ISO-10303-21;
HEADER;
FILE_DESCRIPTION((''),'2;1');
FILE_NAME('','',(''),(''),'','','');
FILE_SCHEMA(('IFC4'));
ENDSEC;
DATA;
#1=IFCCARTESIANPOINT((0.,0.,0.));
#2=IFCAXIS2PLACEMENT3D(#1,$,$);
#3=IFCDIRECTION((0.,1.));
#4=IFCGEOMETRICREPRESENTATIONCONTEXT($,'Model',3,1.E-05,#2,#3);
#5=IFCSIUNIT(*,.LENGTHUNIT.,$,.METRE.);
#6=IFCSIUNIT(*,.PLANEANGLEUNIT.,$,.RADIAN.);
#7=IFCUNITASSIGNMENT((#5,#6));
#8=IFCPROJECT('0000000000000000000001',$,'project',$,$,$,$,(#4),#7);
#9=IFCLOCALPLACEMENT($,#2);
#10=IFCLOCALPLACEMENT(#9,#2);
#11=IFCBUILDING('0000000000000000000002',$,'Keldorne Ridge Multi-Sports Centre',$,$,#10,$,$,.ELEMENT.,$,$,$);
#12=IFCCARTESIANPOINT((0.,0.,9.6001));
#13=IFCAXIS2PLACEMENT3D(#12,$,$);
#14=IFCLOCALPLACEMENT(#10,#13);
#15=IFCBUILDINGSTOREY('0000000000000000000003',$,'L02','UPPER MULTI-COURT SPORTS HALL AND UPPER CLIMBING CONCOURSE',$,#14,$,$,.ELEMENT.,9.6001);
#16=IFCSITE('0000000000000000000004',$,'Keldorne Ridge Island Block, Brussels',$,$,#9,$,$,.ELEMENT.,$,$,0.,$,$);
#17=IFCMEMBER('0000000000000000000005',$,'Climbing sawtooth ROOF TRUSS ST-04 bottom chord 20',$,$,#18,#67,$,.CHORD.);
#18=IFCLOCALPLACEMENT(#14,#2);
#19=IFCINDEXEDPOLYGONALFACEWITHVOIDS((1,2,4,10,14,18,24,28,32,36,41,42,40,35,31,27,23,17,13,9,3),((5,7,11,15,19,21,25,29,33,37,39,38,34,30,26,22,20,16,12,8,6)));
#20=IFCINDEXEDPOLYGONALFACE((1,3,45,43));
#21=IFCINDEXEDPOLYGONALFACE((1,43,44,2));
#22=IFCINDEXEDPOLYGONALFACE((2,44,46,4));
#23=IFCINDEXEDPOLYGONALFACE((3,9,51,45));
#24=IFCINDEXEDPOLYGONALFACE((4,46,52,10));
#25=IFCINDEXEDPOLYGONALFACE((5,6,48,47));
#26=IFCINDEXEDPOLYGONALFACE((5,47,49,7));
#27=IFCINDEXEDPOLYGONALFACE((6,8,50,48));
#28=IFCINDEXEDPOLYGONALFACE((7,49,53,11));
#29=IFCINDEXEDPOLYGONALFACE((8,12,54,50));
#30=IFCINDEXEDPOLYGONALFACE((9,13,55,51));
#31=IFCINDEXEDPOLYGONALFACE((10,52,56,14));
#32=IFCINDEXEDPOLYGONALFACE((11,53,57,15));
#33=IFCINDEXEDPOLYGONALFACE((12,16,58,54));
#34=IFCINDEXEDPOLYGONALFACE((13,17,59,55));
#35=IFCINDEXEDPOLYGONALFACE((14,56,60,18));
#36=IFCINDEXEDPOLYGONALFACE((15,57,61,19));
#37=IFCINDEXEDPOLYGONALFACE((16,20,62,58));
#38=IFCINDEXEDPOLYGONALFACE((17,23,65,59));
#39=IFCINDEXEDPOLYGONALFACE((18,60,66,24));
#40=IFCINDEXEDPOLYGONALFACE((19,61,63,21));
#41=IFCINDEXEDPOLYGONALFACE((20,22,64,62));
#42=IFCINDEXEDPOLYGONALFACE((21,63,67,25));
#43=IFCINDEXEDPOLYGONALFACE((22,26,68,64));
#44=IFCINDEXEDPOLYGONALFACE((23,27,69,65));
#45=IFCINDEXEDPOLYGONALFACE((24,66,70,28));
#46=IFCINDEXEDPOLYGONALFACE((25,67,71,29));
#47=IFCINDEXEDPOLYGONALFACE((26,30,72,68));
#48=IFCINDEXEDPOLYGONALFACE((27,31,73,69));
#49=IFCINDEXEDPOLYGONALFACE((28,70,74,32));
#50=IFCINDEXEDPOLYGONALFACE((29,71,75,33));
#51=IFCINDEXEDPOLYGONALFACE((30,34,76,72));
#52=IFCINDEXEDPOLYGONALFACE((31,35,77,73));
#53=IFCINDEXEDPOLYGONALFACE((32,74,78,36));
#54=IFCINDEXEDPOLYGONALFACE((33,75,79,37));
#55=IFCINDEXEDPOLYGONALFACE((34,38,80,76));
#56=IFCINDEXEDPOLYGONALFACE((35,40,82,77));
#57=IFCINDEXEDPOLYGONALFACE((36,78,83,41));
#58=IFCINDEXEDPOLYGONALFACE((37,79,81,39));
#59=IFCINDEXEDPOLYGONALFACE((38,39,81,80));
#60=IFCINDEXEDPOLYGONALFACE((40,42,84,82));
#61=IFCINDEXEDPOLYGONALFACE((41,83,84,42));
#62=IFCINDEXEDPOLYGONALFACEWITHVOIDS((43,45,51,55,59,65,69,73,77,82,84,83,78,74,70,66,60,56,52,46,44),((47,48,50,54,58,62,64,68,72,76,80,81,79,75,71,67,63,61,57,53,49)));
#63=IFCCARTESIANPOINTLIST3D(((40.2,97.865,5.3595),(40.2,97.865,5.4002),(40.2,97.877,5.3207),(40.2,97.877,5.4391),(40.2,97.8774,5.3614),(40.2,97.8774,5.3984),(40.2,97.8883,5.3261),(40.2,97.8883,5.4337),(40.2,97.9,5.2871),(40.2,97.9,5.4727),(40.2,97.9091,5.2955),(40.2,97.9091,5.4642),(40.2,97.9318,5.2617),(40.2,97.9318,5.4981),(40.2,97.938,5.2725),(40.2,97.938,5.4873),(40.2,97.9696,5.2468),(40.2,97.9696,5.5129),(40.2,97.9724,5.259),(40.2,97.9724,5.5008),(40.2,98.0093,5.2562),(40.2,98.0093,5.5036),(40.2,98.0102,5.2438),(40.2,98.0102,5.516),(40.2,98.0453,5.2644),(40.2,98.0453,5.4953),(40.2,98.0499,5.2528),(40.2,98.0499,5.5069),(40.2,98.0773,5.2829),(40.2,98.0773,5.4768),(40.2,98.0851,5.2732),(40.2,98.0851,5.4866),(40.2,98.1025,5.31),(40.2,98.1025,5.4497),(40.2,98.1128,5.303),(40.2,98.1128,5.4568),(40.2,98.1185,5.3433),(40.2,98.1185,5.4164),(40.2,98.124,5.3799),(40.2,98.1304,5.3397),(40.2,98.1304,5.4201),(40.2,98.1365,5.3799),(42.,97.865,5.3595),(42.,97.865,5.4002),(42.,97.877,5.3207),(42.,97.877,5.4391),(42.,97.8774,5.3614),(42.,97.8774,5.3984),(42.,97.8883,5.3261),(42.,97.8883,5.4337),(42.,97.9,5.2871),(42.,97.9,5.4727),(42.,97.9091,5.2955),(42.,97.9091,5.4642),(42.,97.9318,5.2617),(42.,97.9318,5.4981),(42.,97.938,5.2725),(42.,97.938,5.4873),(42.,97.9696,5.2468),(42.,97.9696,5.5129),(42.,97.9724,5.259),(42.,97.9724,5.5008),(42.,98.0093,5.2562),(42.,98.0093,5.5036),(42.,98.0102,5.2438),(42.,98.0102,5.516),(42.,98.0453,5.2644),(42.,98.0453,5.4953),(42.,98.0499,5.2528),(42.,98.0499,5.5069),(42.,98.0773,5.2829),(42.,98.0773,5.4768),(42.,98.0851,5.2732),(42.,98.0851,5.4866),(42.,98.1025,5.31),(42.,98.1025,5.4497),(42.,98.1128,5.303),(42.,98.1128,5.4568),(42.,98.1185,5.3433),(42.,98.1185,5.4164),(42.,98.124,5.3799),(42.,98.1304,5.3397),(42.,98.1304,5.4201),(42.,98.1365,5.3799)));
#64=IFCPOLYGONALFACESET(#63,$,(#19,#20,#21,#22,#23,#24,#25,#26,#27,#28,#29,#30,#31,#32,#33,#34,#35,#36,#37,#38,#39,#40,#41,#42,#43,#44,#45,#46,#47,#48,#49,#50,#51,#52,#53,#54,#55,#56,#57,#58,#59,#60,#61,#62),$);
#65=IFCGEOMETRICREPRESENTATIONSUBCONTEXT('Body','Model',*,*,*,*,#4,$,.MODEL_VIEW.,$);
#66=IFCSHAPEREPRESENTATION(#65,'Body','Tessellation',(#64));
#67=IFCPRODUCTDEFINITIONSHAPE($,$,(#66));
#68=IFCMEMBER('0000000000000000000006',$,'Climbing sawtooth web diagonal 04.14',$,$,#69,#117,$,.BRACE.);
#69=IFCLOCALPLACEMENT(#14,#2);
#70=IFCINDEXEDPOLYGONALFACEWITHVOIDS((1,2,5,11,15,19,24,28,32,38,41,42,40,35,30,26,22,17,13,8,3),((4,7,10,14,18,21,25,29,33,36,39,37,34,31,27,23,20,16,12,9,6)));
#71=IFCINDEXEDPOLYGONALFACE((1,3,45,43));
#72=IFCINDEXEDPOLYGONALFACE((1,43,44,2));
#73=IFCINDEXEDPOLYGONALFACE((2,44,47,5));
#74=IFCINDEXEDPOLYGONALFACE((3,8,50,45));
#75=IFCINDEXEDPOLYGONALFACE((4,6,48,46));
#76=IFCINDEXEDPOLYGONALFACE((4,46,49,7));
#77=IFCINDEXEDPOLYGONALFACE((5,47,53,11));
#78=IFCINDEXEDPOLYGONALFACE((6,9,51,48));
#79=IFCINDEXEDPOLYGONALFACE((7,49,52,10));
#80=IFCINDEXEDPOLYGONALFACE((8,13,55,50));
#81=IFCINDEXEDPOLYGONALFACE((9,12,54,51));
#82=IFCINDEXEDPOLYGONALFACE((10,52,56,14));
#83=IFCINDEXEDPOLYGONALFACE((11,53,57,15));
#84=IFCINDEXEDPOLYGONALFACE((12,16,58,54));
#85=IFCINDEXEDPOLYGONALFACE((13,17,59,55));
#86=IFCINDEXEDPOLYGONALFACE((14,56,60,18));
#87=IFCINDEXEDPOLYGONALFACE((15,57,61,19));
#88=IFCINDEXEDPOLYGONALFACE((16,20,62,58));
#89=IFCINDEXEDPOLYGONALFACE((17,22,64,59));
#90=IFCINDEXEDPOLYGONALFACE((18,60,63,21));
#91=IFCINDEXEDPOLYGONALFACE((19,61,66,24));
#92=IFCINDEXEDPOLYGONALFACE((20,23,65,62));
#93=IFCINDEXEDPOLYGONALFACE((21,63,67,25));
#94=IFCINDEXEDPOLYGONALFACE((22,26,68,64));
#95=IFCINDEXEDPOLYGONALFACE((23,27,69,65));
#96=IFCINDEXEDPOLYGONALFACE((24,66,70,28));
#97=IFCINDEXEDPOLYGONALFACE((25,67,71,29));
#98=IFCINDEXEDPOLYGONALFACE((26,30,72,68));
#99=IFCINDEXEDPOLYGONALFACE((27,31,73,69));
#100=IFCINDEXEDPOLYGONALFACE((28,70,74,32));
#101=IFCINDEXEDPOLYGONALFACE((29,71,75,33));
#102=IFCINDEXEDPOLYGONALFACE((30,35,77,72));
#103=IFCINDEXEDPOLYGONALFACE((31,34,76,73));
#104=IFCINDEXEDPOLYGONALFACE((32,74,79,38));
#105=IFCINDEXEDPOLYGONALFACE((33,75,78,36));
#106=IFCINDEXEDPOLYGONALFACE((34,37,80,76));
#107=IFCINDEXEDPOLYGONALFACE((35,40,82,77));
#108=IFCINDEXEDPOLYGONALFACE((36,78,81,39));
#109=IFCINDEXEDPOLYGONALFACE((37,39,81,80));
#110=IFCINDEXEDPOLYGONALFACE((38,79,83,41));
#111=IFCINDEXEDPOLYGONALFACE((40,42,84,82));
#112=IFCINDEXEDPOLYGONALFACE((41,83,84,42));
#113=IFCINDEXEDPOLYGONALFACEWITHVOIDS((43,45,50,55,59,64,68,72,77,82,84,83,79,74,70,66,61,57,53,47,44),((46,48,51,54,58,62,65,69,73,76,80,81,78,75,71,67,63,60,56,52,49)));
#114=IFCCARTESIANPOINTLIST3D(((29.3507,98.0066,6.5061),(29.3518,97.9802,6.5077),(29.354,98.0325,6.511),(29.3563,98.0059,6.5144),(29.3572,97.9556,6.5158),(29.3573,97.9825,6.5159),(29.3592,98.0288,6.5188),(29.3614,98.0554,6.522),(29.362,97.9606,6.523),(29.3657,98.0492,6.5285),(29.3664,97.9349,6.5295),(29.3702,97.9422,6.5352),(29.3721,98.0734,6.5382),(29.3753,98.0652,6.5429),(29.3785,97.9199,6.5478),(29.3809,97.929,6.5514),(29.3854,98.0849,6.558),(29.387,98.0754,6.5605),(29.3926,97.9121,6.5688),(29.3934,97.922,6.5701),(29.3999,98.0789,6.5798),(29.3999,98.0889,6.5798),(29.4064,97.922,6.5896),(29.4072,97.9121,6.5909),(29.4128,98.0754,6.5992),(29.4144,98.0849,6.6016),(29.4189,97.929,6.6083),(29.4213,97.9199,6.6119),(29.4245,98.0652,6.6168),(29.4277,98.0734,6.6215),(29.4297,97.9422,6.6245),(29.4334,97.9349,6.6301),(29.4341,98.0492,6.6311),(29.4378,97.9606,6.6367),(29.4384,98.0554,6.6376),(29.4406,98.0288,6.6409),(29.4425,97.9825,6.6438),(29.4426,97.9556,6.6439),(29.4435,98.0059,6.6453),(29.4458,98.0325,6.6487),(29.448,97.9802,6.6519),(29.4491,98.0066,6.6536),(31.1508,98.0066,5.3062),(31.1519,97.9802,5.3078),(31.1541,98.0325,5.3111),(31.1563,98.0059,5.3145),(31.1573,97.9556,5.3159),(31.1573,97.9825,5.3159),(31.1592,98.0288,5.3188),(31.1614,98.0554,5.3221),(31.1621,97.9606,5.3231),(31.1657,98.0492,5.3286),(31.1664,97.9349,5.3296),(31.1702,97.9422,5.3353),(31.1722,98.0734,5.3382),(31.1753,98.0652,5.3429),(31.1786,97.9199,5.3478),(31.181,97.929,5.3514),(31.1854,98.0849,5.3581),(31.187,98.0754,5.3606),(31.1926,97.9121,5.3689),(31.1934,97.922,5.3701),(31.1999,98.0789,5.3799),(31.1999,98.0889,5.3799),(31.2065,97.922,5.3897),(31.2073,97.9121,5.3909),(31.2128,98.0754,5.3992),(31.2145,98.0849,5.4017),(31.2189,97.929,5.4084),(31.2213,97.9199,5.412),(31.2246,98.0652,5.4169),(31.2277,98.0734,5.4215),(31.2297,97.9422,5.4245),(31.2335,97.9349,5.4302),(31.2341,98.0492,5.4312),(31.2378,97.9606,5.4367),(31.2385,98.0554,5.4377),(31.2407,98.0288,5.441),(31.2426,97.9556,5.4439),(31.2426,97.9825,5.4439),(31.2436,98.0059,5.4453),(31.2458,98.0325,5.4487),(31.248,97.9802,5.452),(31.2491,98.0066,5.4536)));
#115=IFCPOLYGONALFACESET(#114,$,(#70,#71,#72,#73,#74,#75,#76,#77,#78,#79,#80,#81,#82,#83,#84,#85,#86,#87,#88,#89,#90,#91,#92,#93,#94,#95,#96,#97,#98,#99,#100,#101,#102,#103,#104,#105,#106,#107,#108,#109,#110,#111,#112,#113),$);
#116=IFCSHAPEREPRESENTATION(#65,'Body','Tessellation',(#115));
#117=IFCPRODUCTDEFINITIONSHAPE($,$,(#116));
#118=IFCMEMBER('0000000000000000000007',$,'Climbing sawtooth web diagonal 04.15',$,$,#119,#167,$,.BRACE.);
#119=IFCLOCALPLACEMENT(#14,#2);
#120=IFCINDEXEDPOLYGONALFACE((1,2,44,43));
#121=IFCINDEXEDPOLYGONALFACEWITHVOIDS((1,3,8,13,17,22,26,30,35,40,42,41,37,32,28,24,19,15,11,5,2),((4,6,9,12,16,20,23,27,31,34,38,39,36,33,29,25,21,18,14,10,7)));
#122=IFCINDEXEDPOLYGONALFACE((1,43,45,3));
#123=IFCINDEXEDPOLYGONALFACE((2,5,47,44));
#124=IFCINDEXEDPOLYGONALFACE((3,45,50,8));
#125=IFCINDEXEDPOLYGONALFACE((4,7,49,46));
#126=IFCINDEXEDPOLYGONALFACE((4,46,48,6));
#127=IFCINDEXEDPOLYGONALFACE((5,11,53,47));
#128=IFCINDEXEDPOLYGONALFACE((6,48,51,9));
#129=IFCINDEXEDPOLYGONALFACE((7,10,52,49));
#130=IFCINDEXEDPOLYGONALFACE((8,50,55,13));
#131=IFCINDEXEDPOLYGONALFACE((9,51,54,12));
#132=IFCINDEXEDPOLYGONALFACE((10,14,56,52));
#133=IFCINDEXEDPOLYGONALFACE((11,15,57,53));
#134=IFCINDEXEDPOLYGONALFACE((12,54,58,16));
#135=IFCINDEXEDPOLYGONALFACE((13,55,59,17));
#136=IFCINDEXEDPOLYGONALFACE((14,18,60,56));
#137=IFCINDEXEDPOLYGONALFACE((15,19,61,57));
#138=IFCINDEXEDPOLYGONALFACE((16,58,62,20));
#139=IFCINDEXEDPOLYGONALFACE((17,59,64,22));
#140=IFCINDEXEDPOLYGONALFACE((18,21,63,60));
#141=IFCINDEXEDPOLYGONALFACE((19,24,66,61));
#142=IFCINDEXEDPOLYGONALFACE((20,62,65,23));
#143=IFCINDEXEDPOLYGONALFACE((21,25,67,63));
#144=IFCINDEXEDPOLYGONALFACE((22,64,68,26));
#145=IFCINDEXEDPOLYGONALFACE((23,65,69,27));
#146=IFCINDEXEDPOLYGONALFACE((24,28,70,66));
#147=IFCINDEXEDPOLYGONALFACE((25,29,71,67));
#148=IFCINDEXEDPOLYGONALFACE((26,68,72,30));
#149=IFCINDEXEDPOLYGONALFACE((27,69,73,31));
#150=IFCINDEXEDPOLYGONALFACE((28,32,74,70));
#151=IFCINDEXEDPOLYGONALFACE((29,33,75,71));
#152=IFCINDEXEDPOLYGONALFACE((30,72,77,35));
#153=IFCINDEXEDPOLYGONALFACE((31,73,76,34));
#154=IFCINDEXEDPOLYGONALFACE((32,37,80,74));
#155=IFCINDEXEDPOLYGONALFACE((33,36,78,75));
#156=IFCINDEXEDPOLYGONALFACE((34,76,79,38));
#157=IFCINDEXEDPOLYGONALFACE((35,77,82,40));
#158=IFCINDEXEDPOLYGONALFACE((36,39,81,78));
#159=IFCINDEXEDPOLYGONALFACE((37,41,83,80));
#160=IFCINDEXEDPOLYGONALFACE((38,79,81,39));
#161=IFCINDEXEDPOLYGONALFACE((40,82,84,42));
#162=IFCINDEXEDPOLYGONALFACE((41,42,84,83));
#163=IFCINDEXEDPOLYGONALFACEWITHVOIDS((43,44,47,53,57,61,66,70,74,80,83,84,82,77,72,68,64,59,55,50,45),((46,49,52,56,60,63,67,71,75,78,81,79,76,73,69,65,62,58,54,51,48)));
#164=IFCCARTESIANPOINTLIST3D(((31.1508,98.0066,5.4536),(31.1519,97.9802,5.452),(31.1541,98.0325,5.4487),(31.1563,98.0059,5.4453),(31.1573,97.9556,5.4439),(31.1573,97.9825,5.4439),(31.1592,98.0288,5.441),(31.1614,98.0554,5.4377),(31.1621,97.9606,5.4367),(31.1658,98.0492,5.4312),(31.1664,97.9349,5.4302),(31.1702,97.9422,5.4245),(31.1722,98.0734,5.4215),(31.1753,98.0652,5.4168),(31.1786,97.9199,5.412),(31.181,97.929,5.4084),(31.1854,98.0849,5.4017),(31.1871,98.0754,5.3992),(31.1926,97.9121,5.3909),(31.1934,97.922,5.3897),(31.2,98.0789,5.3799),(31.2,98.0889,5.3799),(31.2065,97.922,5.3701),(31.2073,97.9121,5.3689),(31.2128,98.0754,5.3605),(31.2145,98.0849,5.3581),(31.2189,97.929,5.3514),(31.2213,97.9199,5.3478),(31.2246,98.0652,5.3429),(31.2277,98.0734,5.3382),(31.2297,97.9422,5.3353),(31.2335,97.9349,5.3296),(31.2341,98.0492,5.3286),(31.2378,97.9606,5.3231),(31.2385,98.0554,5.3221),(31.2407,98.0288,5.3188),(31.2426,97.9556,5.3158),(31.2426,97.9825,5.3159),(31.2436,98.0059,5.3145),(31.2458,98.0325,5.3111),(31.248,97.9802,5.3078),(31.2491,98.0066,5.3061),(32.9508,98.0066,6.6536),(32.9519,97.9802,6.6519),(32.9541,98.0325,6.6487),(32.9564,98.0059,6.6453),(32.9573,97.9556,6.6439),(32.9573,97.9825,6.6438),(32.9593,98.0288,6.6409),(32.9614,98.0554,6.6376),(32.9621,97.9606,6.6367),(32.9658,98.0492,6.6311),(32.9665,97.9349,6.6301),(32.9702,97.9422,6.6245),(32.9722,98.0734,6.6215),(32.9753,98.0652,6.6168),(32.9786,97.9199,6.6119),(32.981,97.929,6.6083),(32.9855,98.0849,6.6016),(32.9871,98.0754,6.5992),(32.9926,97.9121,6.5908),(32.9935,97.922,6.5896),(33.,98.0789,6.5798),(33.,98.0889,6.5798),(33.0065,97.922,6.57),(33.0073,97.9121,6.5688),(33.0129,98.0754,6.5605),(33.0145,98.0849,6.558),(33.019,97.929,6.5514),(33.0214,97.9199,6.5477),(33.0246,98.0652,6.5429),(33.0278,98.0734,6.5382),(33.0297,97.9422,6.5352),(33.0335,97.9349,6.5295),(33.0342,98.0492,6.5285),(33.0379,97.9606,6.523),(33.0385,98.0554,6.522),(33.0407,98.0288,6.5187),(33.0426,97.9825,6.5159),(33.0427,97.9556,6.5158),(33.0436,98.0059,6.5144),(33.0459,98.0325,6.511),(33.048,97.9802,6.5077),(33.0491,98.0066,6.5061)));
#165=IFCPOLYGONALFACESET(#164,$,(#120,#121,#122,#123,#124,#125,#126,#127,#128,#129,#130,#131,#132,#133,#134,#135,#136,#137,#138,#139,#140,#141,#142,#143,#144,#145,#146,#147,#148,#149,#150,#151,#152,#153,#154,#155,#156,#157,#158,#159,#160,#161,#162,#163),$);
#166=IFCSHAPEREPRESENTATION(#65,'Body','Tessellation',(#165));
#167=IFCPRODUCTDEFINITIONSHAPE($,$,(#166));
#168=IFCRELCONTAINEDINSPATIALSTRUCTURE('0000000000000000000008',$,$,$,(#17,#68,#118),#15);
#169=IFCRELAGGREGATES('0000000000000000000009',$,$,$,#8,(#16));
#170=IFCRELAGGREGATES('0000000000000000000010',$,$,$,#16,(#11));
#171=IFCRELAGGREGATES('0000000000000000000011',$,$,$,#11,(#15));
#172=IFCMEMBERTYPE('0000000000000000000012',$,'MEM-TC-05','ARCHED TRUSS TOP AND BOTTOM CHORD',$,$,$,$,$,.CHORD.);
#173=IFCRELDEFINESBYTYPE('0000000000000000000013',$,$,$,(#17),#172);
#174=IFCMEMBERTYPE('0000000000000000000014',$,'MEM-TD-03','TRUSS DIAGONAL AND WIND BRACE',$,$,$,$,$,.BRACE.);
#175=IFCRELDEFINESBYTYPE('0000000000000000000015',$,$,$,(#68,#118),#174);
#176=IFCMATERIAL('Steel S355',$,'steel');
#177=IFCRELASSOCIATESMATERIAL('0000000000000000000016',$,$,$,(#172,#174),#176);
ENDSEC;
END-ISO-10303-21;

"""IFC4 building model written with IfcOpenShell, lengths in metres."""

from ifc_helpers import new_model, si_unit, direction, frame, origin, origin_2d, place, context, subcontext, project, spatial, hollow_circle, extrude, material, material_profile, profile_set, type_object, element, save


model = new_model("IFC4")

# Units and contexts
model_context = context("Model", 3, precision=1e-05, world=origin(), true_north=direction((0.0, 1.0)))
body_context = subcontext(model_context, "Body", "Model", "MODEL_VIEW")
ifc_project = project(units=[si_unit("LENGTHUNIT", "METRE"), si_unit("PLANEANGLEUNIT", "RADIAN")], contexts=[model_context])

# Site, building, storey
site_placement = place(None, origin())
site = spatial("IfcSite", under=ifc_project, at=site_placement, Name="Keldorne Ridge Island Block, Brussels", CompositionType="ELEMENT", RefElevation=0.0)
building_placement = place(site_placement, origin())
building = spatial("IfcBuilding", under=site, at=building_placement, Name="Keldorne Ridge Multi-Sports Centre", CompositionType="ELEMENT")
storey_placement = place(building_placement, frame((0.0, 0.0, 9.6001)))
storey = spatial("IfcBuildingStorey", under=building, at=storey_placement, Name="L02", Description="UPPER MULTI-COURT SPORTS HALL AND UPPER CLIMBING CONCOURSE", CompositionType="ELEMENT", Elevation=9.6001)

# Shared definitions
ifc_material_1 = material(Name="Steel S355", Category="steel")

# Members
ifc_material_profile_1 = material_profile(ifc_material_1, hollow_circle(Radius=0.1365, WallThickness=0.0125, at=origin_2d()), Name="CHS 273x12.5")
ifc_profile_set_1 = profile_set([ifc_material_profile_1], Name="Steel S355")
member_type_1 = type_object("IfcMemberType", Name="MEM-TC-05", Description="ARCHED TRUSS TOP AND BOTTOM CHORD", PredefinedType="CHORD", material=ifc_profile_set_1)
for number, where, z_axis, x_axis, name in (
    (1, (40.2, 98.0, 5.3799), (1.0, 0.0, 0.0), (0.0, 1.0, 0.0), "Climbing sawtooth ROOF TRUSS ST-04 bottom chord 20"),
):
    element("IfcMember", number, at=place(storey_placement, frame(where, z_axis=z_axis, x_axis=x_axis)), inside=storey, type_object=member_type_1, Name=name, PredefinedType="CHORD", context=body_context, shape_type="SweptSolid", body=[
        extrude(hollow_circle(Radius=0.1365, WallThickness=0.0125, at=origin_2d()), origin(), (0.0, 0.0, 1.0), 1.8),
    ])
ifc_material_profile_2 = material_profile(ifc_material_1, hollow_circle(Radius=0.0889, WallThickness=0.01, at=origin_2d()), Name="CHS 177.8x10")
ifc_profile_set_2 = profile_set([ifc_material_profile_2], Name="Steel S355")
member_type_2 = type_object("IfcMemberType", Name="MEM-TD-03", Description="TRUSS DIAGONAL AND WIND BRACE", PredefinedType="BRACE", material=ifc_profile_set_2)
for number, where, z_axis, x_axis, name in (
    (2, (29.3999, 98.0, 6.5798), (0.832068, 0.0, -0.554674), (0.0, 1.0, 0.0), "Climbing sawtooth web diagonal 04.14"),
    (3, (31.2, 98.0, 5.3799), (0.832068, 0.0, 0.554674), (0.0, 1.0, 0.0), "Climbing sawtooth web diagonal 04.15"),
):
    element("IfcMember", number, at=place(storey_placement, frame(where, z_axis=z_axis, x_axis=x_axis)), inside=storey, type_object=member_type_2, Name=name, PredefinedType="BRACE", context=body_context, shape_type="SweptSolid", body=[
        extrude(hollow_circle(Radius=0.0889, WallThickness=0.01, at=origin_2d()), origin(), (0.0, 0.0, 1.0), 2.1633),
    ])

save(model, "model.ifc")
